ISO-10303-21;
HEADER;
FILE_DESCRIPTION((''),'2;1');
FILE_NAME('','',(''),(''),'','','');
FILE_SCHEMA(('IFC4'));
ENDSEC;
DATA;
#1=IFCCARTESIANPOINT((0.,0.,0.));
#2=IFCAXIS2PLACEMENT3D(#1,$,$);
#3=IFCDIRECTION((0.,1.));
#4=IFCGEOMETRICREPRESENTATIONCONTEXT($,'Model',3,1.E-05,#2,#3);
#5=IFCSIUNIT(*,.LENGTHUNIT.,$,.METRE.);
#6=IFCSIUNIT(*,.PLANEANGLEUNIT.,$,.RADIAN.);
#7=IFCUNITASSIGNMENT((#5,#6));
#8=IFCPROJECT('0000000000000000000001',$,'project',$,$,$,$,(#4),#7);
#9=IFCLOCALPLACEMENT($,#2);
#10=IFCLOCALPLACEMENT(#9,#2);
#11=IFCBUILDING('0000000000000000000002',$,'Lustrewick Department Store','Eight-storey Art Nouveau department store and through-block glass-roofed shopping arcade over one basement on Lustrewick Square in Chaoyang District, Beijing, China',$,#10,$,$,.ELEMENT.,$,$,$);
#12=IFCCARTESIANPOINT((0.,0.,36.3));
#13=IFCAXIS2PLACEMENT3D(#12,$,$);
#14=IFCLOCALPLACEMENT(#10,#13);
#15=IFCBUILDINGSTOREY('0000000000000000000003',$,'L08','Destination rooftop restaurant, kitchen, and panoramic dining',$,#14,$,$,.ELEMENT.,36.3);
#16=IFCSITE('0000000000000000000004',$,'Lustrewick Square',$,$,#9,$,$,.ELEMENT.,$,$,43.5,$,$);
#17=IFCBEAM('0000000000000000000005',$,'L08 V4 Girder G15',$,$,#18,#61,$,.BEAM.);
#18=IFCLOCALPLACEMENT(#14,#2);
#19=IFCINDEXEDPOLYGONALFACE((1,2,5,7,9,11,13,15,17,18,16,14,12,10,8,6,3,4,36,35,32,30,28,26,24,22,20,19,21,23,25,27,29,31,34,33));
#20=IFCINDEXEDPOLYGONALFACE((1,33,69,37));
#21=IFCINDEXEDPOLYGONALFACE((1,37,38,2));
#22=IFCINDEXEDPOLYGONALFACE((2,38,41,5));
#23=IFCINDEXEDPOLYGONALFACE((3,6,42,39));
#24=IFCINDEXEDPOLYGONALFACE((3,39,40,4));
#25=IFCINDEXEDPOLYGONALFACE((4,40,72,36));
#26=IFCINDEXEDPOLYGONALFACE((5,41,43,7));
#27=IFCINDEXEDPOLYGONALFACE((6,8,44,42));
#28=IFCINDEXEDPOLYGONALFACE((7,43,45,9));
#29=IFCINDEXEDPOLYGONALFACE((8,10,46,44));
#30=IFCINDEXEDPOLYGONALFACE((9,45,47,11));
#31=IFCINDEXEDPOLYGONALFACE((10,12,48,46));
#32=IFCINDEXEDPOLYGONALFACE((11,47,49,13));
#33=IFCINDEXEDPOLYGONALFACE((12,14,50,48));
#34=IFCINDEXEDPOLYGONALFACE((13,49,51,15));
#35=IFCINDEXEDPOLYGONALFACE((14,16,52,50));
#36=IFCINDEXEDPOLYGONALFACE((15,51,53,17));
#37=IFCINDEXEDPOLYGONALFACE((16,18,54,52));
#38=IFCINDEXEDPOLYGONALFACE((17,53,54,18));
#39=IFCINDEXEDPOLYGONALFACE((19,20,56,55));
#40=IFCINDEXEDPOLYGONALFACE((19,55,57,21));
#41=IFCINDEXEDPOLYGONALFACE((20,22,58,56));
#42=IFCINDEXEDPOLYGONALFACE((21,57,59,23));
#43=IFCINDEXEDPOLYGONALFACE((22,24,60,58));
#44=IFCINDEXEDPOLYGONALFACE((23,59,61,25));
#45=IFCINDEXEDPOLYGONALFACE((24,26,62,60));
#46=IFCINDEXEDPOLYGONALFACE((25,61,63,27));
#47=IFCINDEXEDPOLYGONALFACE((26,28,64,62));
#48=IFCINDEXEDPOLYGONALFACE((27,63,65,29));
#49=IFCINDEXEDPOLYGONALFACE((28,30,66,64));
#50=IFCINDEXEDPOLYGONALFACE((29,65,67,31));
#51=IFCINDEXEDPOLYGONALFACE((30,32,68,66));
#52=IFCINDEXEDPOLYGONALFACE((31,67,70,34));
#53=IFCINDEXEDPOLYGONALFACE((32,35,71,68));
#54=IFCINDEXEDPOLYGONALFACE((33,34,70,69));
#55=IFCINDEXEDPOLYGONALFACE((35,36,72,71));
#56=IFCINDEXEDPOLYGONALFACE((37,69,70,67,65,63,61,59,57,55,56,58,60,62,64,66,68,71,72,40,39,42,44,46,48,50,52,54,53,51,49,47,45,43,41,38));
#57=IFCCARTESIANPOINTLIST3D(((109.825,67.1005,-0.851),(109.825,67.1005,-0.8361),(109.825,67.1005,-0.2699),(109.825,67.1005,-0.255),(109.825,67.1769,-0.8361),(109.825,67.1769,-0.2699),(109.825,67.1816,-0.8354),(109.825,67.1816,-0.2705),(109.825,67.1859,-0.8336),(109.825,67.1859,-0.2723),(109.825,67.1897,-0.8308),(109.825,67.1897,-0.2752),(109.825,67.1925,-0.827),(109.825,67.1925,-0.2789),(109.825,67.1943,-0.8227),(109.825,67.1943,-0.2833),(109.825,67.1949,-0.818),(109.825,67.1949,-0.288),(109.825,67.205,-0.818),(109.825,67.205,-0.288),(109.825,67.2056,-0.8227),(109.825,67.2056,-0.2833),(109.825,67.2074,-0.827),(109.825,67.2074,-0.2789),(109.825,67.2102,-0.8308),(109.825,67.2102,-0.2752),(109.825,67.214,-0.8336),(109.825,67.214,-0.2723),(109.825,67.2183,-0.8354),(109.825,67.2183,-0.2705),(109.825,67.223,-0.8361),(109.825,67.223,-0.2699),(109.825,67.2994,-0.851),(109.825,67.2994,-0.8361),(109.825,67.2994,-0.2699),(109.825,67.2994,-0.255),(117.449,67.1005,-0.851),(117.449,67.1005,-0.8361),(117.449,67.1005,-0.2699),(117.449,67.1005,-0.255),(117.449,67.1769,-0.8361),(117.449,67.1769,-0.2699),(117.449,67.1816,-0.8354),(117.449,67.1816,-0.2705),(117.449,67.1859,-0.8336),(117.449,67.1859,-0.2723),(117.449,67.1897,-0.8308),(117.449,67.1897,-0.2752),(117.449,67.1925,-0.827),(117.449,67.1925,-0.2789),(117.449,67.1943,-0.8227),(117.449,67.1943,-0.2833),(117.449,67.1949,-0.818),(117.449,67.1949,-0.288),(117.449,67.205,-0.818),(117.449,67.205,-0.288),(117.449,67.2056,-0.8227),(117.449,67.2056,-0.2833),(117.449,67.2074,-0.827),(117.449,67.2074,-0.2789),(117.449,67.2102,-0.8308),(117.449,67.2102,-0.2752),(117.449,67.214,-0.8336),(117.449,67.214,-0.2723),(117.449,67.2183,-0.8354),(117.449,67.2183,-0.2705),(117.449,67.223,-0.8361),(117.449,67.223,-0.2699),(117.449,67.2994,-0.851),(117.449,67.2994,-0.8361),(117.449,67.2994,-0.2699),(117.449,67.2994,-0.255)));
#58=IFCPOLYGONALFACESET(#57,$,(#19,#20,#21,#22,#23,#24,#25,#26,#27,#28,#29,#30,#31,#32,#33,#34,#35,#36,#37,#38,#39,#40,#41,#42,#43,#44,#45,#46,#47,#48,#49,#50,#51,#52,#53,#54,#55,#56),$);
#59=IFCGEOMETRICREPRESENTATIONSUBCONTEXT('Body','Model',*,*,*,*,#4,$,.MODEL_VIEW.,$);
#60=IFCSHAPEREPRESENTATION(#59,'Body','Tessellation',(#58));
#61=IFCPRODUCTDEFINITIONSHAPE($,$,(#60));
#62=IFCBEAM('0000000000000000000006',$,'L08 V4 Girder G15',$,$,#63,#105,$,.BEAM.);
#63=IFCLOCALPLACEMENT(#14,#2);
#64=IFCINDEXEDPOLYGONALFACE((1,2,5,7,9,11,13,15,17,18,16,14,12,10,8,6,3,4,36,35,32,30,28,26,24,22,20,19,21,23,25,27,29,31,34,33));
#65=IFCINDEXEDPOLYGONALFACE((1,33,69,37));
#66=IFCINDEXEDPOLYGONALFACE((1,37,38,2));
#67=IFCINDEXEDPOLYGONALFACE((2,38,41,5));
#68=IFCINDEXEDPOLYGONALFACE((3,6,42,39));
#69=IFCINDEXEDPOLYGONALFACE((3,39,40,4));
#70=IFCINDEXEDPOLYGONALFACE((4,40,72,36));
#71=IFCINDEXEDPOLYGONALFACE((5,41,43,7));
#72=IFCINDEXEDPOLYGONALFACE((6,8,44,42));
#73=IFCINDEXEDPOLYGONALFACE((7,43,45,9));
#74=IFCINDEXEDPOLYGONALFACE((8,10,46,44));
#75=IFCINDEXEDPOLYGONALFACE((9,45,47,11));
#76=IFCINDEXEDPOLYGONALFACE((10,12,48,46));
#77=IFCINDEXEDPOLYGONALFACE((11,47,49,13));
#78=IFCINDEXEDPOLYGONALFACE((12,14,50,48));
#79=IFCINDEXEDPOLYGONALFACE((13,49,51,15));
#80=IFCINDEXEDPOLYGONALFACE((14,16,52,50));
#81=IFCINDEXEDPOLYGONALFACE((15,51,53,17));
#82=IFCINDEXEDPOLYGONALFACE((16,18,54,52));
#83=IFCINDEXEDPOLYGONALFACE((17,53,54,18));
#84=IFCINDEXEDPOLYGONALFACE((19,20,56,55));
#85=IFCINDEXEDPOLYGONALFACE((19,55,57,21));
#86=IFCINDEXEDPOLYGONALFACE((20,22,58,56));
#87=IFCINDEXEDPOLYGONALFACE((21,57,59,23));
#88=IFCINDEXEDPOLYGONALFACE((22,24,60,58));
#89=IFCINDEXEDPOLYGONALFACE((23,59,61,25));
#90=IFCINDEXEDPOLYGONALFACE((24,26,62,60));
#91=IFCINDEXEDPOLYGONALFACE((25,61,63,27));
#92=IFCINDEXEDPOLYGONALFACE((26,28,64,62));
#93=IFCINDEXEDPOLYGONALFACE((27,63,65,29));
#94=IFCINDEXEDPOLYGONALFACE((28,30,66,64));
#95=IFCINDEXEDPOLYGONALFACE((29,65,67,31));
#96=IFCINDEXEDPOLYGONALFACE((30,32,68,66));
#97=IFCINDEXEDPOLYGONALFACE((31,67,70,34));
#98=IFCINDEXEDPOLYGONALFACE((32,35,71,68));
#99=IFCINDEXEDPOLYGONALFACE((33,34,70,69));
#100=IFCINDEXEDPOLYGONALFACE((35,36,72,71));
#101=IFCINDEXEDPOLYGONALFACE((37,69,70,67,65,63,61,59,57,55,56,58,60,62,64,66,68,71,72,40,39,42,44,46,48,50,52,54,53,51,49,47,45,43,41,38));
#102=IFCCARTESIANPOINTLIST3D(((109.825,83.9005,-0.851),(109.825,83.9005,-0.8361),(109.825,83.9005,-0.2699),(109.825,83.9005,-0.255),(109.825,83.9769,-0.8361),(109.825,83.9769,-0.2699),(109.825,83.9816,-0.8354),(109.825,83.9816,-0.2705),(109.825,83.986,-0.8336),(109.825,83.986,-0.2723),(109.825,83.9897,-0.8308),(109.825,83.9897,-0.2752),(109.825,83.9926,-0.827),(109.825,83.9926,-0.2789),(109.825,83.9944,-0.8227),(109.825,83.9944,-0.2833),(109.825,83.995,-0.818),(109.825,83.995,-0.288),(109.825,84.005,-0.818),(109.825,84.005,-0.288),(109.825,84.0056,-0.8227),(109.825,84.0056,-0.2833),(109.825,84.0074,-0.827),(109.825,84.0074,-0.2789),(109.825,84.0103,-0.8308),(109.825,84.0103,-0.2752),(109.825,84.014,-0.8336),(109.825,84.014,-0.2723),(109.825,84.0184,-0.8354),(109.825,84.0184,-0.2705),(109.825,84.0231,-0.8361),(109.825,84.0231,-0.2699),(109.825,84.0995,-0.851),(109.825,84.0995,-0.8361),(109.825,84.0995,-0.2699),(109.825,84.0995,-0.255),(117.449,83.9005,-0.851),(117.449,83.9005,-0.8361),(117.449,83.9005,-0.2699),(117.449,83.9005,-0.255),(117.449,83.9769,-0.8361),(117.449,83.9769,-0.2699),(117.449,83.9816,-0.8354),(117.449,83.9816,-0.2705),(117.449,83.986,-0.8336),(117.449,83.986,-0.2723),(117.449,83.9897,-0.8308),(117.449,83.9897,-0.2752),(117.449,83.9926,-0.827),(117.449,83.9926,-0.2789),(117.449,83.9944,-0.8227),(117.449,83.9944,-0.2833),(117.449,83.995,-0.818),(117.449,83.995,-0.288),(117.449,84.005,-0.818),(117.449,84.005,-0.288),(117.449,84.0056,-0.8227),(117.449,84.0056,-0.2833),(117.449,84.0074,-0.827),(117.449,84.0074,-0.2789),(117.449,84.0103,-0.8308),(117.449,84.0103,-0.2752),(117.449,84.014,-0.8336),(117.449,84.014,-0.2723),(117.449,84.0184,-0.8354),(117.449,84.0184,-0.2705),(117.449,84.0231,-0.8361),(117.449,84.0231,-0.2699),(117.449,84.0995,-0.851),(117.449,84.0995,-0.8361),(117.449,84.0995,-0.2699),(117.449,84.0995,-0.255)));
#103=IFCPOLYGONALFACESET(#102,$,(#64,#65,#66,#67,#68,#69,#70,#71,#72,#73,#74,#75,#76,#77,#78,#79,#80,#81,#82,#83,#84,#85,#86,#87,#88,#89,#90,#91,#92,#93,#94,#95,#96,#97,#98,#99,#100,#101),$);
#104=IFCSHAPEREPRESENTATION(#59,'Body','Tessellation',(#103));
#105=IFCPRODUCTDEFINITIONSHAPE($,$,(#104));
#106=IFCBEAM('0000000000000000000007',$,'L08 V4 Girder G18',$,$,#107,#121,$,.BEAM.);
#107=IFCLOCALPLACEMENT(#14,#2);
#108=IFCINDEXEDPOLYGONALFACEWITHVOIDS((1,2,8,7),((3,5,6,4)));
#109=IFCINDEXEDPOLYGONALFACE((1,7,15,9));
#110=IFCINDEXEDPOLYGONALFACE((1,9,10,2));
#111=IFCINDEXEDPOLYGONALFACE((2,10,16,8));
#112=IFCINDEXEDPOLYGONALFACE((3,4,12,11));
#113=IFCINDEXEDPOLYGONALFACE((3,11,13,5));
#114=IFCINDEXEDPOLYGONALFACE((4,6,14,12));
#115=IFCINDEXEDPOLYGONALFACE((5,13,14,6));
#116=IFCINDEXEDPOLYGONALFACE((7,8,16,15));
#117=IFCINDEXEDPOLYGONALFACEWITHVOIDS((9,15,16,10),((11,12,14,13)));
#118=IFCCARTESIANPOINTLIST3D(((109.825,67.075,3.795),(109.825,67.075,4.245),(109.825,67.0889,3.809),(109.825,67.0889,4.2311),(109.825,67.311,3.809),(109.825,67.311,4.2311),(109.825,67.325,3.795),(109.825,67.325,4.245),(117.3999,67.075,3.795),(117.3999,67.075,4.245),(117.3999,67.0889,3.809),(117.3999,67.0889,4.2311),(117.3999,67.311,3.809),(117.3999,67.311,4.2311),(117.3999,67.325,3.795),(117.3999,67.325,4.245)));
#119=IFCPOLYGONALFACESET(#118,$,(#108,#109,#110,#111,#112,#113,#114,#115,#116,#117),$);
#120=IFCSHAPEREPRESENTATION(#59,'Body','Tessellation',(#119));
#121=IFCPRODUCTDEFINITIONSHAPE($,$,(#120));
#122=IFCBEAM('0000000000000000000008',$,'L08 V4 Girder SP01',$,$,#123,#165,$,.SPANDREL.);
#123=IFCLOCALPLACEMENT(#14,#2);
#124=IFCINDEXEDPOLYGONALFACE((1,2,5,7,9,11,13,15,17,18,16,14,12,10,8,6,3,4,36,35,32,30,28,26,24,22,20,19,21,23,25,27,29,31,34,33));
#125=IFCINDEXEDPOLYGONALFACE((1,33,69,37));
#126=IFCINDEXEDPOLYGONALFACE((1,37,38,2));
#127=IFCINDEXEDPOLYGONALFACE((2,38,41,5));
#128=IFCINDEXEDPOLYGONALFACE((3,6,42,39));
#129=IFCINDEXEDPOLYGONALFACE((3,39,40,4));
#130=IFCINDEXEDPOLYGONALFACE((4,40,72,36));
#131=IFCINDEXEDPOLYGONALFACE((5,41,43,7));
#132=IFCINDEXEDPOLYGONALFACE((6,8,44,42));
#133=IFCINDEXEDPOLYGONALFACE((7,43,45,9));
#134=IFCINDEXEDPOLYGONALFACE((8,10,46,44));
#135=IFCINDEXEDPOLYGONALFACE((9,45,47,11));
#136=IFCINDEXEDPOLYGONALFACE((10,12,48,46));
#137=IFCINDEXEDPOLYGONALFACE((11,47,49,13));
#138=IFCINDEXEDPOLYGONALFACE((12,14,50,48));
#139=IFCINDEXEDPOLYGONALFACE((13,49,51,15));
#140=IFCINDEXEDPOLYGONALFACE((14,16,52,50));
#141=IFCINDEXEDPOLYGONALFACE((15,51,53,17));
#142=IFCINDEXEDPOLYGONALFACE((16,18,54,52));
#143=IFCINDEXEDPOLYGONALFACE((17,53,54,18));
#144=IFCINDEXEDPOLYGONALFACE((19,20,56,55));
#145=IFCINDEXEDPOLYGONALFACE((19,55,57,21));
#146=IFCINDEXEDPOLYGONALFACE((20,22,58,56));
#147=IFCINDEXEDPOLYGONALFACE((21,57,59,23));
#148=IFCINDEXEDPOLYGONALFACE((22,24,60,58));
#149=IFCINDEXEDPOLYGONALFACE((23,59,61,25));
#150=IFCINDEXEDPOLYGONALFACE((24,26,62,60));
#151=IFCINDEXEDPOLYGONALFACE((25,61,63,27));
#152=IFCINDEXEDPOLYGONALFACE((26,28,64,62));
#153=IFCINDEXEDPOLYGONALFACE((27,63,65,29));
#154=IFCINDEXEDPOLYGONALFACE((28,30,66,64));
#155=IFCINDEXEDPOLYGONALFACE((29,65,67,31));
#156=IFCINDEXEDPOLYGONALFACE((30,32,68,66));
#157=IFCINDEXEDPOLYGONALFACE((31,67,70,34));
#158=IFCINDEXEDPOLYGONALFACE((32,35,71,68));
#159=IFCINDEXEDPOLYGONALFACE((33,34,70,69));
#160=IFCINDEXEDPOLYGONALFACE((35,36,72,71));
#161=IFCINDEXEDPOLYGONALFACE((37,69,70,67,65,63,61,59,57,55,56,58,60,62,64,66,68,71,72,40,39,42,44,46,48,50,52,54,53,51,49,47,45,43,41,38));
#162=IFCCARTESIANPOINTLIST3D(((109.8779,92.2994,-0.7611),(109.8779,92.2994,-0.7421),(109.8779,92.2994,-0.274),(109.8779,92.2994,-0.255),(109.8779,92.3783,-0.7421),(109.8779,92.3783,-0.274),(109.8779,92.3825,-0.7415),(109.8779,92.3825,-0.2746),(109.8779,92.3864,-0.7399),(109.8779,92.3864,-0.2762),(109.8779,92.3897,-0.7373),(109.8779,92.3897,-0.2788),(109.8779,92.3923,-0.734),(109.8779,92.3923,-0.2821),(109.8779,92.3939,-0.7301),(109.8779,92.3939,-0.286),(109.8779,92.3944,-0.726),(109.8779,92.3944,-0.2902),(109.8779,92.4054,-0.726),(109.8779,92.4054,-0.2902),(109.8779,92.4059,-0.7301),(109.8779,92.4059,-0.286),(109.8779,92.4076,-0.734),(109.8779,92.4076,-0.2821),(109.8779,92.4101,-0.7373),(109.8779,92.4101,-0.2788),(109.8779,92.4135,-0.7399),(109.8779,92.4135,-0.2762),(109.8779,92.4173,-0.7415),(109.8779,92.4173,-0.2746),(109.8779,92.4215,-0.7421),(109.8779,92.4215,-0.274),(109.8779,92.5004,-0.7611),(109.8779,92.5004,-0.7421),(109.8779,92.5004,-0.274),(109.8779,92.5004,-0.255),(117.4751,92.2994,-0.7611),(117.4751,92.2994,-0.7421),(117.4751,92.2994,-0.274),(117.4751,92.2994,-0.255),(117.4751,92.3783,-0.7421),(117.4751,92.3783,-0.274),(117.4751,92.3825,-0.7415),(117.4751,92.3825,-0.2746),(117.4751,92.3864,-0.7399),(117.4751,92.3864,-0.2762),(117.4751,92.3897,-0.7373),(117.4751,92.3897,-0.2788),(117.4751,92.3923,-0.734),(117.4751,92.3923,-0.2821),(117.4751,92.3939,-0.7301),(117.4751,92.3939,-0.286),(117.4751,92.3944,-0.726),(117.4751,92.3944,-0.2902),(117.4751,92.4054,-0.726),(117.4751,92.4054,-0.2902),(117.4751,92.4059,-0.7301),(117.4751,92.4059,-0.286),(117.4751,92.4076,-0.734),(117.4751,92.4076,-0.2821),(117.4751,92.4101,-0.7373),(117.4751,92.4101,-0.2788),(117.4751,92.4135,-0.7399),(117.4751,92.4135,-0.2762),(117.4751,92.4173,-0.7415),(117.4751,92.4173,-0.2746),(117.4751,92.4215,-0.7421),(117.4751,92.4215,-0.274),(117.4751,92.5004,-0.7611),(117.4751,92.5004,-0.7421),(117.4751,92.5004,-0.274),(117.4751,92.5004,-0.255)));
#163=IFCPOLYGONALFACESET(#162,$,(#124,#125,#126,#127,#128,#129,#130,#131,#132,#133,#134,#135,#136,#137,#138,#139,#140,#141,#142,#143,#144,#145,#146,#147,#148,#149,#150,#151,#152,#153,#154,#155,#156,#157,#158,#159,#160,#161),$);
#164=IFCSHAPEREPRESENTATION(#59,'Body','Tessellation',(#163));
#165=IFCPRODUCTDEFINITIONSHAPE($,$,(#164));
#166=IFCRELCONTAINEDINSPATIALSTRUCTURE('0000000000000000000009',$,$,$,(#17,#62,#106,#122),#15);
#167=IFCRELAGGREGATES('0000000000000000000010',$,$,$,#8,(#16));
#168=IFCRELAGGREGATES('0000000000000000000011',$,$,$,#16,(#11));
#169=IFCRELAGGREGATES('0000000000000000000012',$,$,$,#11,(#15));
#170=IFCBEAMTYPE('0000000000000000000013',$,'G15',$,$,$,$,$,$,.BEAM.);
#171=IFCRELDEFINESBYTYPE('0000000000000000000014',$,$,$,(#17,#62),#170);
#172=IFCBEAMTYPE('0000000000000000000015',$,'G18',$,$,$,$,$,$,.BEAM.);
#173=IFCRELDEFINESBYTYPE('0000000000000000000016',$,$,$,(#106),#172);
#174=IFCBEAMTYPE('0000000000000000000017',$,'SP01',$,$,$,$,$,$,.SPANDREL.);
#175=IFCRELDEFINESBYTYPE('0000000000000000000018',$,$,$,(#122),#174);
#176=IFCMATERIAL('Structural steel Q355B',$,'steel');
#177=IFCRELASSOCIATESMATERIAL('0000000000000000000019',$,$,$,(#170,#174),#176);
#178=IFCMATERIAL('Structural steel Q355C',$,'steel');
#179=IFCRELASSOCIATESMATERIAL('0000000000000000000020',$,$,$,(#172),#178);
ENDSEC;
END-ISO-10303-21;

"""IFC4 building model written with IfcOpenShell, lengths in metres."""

from ifc_helpers import new_model, si_unit, direction, frame, origin, origin_2d, place, context, subcontext, project, spatial, hollow_rectangle, i_section, extrude, material, material_profile, profile_set, type_object, element, save


model = new_model("IFC4")

# Units and contexts
model_context = context("Model", 3, precision=1e-05, world=origin(), true_north=direction((0.0, 1.0)))
body_context = subcontext(model_context, "Body", "Model", "MODEL_VIEW")
ifc_project = project(units=[si_unit("LENGTHUNIT", "METRE"), si_unit("PLANEANGLEUNIT", "RADIAN")], contexts=[model_context])

# Site, building, storey
site_placement = place(None, origin())
site = spatial("IfcSite", under=ifc_project, at=site_placement, Name="Lustrewick Square", CompositionType="ELEMENT", RefElevation=43.5)
building_placement = place(site_placement, origin())
building = spatial("IfcBuilding", under=site, at=building_placement, Name="Lustrewick Department Store", Description="Eight-storey Art Nouveau department store and through-block glass-roofed shopping arcade over one basement on Lustrewick Square in Chaoyang District, Beijing, China", CompositionType="ELEMENT")
storey_placement = place(building_placement, frame((0.0, 0.0, 36.3)))
storey = spatial("IfcBuildingStorey", under=building, at=storey_placement, Name="L08", Description="Destination rooftop restaurant, kitchen, and panoramic dining", CompositionType="ELEMENT", Elevation=36.3)

# Shared definitions
ifc_material_1 = material(Name="Structural steel Q355B", Category="steel")

# Beams
ifc_material_2 = material(Name="Structural steel Q355C", Category="steel")
ifc_material_profile_1 = material_profile(ifc_material_1, i_section(OverallWidth=0.199, OverallDepth=0.5959, WebThickness=0.01, FlangeThickness=0.0149, FilletRadius=0.0181, at=origin_2d()), Name="HN 596x199x10x15")
ifc_profile_set_1 = profile_set([ifc_material_profile_1], Name="Structural steel Q355B")
beam_type_1 = type_object("IfcBeamType", Name="G15", PredefinedType="BEAM", material=ifc_profile_set_1)
for number, where, z_axis, x_axis, name in (
    (1, (109.825, 67.2, -0.553), (1.0, 0.0, 0.0), (0.0, 1.0, 0.0), "L08 V4 Girder G15"),
    (2, (109.825, 84.0, -0.553), (1.0, 0.0, 0.0), (0.0, 1.0, 0.0), "L08 V4 Girder G15"),
):
    element("IfcBeam", number, at=place(storey_placement, frame(where, z_axis=z_axis, x_axis=x_axis)), inside=storey, type_object=beam_type_1, Name=name, PredefinedType="BEAM", context=body_context, shape_type="SweptSolid", body=[
        extrude(i_section(OverallWidth=0.199, OverallDepth=0.5959, WebThickness=0.01, FlangeThickness=0.0149, FilletRadius=0.0181, at=origin_2d()), origin(), (0.0, 0.0, 1.0), 7.624),
    ])
ifc_material_profile_2 = material_profile(ifc_material_2, hollow_rectangle(XDim=0.25, YDim=0.45, WallThickness=0.0139, at=origin_2d()), Name="RHS 450x250x14")
ifc_profile_set_2 = profile_set([ifc_material_profile_2], Name="Structural steel Q355C")
beam_type_2 = type_object("IfcBeamType", Name="G18", PredefinedType="BEAM", material=ifc_profile_set_2)
beam_1_placement = place(storey_placement, frame((109.825, 67.2, 4.02), z_axis=(1.0, 0.0, 0.0), x_axis=(0.0, 1.0, 0.0)))
element("IfcBeam", 3, at=beam_1_placement, inside=storey, type_object=beam_type_2, Name="L08 V4 Girder G18", PredefinedType="BEAM", context=body_context, shape_type="SweptSolid", body=[
    extrude(hollow_rectangle(XDim=0.25, YDim=0.45, WallThickness=0.0139, at=origin_2d()), origin(), (0.0, 0.0, 1.0), 7.575),
])
ifc_material_profile_3 = material_profile(ifc_material_1, i_section(OverallWidth=0.2009, OverallDepth=0.5061, WebThickness=0.011, FlangeThickness=0.019, FilletRadius=0.0161, at=origin_2d()), Name="HN 506x201x11x19")
ifc_profile_set_3 = profile_set([ifc_material_profile_3], Name="Structural steel Q355B")
beam_type_3 = type_object("IfcBeamType", Name="SP01", PredefinedType="SPANDREL", material=ifc_profile_set_3)
beam_2_placement = place(storey_placement, frame((109.8779, 92.3999, -0.5081), z_axis=(1.0, 0.0, 0.0), x_axis=(0.0, 1.0, 0.0)))
element("IfcBeam", 4, at=beam_2_placement, inside=storey, type_object=beam_type_3, Name="L08 V4 Girder SP01", PredefinedType="SPANDREL", context=body_context, shape_type="SweptSolid", body=[
    extrude(i_section(OverallWidth=0.2009, OverallDepth=0.5061, WebThickness=0.011, FlangeThickness=0.019, FilletRadius=0.0161, at=origin_2d()), origin(), (0.0, 0.0, 1.0), 7.5972),
])

save(model, "model.ifc")
